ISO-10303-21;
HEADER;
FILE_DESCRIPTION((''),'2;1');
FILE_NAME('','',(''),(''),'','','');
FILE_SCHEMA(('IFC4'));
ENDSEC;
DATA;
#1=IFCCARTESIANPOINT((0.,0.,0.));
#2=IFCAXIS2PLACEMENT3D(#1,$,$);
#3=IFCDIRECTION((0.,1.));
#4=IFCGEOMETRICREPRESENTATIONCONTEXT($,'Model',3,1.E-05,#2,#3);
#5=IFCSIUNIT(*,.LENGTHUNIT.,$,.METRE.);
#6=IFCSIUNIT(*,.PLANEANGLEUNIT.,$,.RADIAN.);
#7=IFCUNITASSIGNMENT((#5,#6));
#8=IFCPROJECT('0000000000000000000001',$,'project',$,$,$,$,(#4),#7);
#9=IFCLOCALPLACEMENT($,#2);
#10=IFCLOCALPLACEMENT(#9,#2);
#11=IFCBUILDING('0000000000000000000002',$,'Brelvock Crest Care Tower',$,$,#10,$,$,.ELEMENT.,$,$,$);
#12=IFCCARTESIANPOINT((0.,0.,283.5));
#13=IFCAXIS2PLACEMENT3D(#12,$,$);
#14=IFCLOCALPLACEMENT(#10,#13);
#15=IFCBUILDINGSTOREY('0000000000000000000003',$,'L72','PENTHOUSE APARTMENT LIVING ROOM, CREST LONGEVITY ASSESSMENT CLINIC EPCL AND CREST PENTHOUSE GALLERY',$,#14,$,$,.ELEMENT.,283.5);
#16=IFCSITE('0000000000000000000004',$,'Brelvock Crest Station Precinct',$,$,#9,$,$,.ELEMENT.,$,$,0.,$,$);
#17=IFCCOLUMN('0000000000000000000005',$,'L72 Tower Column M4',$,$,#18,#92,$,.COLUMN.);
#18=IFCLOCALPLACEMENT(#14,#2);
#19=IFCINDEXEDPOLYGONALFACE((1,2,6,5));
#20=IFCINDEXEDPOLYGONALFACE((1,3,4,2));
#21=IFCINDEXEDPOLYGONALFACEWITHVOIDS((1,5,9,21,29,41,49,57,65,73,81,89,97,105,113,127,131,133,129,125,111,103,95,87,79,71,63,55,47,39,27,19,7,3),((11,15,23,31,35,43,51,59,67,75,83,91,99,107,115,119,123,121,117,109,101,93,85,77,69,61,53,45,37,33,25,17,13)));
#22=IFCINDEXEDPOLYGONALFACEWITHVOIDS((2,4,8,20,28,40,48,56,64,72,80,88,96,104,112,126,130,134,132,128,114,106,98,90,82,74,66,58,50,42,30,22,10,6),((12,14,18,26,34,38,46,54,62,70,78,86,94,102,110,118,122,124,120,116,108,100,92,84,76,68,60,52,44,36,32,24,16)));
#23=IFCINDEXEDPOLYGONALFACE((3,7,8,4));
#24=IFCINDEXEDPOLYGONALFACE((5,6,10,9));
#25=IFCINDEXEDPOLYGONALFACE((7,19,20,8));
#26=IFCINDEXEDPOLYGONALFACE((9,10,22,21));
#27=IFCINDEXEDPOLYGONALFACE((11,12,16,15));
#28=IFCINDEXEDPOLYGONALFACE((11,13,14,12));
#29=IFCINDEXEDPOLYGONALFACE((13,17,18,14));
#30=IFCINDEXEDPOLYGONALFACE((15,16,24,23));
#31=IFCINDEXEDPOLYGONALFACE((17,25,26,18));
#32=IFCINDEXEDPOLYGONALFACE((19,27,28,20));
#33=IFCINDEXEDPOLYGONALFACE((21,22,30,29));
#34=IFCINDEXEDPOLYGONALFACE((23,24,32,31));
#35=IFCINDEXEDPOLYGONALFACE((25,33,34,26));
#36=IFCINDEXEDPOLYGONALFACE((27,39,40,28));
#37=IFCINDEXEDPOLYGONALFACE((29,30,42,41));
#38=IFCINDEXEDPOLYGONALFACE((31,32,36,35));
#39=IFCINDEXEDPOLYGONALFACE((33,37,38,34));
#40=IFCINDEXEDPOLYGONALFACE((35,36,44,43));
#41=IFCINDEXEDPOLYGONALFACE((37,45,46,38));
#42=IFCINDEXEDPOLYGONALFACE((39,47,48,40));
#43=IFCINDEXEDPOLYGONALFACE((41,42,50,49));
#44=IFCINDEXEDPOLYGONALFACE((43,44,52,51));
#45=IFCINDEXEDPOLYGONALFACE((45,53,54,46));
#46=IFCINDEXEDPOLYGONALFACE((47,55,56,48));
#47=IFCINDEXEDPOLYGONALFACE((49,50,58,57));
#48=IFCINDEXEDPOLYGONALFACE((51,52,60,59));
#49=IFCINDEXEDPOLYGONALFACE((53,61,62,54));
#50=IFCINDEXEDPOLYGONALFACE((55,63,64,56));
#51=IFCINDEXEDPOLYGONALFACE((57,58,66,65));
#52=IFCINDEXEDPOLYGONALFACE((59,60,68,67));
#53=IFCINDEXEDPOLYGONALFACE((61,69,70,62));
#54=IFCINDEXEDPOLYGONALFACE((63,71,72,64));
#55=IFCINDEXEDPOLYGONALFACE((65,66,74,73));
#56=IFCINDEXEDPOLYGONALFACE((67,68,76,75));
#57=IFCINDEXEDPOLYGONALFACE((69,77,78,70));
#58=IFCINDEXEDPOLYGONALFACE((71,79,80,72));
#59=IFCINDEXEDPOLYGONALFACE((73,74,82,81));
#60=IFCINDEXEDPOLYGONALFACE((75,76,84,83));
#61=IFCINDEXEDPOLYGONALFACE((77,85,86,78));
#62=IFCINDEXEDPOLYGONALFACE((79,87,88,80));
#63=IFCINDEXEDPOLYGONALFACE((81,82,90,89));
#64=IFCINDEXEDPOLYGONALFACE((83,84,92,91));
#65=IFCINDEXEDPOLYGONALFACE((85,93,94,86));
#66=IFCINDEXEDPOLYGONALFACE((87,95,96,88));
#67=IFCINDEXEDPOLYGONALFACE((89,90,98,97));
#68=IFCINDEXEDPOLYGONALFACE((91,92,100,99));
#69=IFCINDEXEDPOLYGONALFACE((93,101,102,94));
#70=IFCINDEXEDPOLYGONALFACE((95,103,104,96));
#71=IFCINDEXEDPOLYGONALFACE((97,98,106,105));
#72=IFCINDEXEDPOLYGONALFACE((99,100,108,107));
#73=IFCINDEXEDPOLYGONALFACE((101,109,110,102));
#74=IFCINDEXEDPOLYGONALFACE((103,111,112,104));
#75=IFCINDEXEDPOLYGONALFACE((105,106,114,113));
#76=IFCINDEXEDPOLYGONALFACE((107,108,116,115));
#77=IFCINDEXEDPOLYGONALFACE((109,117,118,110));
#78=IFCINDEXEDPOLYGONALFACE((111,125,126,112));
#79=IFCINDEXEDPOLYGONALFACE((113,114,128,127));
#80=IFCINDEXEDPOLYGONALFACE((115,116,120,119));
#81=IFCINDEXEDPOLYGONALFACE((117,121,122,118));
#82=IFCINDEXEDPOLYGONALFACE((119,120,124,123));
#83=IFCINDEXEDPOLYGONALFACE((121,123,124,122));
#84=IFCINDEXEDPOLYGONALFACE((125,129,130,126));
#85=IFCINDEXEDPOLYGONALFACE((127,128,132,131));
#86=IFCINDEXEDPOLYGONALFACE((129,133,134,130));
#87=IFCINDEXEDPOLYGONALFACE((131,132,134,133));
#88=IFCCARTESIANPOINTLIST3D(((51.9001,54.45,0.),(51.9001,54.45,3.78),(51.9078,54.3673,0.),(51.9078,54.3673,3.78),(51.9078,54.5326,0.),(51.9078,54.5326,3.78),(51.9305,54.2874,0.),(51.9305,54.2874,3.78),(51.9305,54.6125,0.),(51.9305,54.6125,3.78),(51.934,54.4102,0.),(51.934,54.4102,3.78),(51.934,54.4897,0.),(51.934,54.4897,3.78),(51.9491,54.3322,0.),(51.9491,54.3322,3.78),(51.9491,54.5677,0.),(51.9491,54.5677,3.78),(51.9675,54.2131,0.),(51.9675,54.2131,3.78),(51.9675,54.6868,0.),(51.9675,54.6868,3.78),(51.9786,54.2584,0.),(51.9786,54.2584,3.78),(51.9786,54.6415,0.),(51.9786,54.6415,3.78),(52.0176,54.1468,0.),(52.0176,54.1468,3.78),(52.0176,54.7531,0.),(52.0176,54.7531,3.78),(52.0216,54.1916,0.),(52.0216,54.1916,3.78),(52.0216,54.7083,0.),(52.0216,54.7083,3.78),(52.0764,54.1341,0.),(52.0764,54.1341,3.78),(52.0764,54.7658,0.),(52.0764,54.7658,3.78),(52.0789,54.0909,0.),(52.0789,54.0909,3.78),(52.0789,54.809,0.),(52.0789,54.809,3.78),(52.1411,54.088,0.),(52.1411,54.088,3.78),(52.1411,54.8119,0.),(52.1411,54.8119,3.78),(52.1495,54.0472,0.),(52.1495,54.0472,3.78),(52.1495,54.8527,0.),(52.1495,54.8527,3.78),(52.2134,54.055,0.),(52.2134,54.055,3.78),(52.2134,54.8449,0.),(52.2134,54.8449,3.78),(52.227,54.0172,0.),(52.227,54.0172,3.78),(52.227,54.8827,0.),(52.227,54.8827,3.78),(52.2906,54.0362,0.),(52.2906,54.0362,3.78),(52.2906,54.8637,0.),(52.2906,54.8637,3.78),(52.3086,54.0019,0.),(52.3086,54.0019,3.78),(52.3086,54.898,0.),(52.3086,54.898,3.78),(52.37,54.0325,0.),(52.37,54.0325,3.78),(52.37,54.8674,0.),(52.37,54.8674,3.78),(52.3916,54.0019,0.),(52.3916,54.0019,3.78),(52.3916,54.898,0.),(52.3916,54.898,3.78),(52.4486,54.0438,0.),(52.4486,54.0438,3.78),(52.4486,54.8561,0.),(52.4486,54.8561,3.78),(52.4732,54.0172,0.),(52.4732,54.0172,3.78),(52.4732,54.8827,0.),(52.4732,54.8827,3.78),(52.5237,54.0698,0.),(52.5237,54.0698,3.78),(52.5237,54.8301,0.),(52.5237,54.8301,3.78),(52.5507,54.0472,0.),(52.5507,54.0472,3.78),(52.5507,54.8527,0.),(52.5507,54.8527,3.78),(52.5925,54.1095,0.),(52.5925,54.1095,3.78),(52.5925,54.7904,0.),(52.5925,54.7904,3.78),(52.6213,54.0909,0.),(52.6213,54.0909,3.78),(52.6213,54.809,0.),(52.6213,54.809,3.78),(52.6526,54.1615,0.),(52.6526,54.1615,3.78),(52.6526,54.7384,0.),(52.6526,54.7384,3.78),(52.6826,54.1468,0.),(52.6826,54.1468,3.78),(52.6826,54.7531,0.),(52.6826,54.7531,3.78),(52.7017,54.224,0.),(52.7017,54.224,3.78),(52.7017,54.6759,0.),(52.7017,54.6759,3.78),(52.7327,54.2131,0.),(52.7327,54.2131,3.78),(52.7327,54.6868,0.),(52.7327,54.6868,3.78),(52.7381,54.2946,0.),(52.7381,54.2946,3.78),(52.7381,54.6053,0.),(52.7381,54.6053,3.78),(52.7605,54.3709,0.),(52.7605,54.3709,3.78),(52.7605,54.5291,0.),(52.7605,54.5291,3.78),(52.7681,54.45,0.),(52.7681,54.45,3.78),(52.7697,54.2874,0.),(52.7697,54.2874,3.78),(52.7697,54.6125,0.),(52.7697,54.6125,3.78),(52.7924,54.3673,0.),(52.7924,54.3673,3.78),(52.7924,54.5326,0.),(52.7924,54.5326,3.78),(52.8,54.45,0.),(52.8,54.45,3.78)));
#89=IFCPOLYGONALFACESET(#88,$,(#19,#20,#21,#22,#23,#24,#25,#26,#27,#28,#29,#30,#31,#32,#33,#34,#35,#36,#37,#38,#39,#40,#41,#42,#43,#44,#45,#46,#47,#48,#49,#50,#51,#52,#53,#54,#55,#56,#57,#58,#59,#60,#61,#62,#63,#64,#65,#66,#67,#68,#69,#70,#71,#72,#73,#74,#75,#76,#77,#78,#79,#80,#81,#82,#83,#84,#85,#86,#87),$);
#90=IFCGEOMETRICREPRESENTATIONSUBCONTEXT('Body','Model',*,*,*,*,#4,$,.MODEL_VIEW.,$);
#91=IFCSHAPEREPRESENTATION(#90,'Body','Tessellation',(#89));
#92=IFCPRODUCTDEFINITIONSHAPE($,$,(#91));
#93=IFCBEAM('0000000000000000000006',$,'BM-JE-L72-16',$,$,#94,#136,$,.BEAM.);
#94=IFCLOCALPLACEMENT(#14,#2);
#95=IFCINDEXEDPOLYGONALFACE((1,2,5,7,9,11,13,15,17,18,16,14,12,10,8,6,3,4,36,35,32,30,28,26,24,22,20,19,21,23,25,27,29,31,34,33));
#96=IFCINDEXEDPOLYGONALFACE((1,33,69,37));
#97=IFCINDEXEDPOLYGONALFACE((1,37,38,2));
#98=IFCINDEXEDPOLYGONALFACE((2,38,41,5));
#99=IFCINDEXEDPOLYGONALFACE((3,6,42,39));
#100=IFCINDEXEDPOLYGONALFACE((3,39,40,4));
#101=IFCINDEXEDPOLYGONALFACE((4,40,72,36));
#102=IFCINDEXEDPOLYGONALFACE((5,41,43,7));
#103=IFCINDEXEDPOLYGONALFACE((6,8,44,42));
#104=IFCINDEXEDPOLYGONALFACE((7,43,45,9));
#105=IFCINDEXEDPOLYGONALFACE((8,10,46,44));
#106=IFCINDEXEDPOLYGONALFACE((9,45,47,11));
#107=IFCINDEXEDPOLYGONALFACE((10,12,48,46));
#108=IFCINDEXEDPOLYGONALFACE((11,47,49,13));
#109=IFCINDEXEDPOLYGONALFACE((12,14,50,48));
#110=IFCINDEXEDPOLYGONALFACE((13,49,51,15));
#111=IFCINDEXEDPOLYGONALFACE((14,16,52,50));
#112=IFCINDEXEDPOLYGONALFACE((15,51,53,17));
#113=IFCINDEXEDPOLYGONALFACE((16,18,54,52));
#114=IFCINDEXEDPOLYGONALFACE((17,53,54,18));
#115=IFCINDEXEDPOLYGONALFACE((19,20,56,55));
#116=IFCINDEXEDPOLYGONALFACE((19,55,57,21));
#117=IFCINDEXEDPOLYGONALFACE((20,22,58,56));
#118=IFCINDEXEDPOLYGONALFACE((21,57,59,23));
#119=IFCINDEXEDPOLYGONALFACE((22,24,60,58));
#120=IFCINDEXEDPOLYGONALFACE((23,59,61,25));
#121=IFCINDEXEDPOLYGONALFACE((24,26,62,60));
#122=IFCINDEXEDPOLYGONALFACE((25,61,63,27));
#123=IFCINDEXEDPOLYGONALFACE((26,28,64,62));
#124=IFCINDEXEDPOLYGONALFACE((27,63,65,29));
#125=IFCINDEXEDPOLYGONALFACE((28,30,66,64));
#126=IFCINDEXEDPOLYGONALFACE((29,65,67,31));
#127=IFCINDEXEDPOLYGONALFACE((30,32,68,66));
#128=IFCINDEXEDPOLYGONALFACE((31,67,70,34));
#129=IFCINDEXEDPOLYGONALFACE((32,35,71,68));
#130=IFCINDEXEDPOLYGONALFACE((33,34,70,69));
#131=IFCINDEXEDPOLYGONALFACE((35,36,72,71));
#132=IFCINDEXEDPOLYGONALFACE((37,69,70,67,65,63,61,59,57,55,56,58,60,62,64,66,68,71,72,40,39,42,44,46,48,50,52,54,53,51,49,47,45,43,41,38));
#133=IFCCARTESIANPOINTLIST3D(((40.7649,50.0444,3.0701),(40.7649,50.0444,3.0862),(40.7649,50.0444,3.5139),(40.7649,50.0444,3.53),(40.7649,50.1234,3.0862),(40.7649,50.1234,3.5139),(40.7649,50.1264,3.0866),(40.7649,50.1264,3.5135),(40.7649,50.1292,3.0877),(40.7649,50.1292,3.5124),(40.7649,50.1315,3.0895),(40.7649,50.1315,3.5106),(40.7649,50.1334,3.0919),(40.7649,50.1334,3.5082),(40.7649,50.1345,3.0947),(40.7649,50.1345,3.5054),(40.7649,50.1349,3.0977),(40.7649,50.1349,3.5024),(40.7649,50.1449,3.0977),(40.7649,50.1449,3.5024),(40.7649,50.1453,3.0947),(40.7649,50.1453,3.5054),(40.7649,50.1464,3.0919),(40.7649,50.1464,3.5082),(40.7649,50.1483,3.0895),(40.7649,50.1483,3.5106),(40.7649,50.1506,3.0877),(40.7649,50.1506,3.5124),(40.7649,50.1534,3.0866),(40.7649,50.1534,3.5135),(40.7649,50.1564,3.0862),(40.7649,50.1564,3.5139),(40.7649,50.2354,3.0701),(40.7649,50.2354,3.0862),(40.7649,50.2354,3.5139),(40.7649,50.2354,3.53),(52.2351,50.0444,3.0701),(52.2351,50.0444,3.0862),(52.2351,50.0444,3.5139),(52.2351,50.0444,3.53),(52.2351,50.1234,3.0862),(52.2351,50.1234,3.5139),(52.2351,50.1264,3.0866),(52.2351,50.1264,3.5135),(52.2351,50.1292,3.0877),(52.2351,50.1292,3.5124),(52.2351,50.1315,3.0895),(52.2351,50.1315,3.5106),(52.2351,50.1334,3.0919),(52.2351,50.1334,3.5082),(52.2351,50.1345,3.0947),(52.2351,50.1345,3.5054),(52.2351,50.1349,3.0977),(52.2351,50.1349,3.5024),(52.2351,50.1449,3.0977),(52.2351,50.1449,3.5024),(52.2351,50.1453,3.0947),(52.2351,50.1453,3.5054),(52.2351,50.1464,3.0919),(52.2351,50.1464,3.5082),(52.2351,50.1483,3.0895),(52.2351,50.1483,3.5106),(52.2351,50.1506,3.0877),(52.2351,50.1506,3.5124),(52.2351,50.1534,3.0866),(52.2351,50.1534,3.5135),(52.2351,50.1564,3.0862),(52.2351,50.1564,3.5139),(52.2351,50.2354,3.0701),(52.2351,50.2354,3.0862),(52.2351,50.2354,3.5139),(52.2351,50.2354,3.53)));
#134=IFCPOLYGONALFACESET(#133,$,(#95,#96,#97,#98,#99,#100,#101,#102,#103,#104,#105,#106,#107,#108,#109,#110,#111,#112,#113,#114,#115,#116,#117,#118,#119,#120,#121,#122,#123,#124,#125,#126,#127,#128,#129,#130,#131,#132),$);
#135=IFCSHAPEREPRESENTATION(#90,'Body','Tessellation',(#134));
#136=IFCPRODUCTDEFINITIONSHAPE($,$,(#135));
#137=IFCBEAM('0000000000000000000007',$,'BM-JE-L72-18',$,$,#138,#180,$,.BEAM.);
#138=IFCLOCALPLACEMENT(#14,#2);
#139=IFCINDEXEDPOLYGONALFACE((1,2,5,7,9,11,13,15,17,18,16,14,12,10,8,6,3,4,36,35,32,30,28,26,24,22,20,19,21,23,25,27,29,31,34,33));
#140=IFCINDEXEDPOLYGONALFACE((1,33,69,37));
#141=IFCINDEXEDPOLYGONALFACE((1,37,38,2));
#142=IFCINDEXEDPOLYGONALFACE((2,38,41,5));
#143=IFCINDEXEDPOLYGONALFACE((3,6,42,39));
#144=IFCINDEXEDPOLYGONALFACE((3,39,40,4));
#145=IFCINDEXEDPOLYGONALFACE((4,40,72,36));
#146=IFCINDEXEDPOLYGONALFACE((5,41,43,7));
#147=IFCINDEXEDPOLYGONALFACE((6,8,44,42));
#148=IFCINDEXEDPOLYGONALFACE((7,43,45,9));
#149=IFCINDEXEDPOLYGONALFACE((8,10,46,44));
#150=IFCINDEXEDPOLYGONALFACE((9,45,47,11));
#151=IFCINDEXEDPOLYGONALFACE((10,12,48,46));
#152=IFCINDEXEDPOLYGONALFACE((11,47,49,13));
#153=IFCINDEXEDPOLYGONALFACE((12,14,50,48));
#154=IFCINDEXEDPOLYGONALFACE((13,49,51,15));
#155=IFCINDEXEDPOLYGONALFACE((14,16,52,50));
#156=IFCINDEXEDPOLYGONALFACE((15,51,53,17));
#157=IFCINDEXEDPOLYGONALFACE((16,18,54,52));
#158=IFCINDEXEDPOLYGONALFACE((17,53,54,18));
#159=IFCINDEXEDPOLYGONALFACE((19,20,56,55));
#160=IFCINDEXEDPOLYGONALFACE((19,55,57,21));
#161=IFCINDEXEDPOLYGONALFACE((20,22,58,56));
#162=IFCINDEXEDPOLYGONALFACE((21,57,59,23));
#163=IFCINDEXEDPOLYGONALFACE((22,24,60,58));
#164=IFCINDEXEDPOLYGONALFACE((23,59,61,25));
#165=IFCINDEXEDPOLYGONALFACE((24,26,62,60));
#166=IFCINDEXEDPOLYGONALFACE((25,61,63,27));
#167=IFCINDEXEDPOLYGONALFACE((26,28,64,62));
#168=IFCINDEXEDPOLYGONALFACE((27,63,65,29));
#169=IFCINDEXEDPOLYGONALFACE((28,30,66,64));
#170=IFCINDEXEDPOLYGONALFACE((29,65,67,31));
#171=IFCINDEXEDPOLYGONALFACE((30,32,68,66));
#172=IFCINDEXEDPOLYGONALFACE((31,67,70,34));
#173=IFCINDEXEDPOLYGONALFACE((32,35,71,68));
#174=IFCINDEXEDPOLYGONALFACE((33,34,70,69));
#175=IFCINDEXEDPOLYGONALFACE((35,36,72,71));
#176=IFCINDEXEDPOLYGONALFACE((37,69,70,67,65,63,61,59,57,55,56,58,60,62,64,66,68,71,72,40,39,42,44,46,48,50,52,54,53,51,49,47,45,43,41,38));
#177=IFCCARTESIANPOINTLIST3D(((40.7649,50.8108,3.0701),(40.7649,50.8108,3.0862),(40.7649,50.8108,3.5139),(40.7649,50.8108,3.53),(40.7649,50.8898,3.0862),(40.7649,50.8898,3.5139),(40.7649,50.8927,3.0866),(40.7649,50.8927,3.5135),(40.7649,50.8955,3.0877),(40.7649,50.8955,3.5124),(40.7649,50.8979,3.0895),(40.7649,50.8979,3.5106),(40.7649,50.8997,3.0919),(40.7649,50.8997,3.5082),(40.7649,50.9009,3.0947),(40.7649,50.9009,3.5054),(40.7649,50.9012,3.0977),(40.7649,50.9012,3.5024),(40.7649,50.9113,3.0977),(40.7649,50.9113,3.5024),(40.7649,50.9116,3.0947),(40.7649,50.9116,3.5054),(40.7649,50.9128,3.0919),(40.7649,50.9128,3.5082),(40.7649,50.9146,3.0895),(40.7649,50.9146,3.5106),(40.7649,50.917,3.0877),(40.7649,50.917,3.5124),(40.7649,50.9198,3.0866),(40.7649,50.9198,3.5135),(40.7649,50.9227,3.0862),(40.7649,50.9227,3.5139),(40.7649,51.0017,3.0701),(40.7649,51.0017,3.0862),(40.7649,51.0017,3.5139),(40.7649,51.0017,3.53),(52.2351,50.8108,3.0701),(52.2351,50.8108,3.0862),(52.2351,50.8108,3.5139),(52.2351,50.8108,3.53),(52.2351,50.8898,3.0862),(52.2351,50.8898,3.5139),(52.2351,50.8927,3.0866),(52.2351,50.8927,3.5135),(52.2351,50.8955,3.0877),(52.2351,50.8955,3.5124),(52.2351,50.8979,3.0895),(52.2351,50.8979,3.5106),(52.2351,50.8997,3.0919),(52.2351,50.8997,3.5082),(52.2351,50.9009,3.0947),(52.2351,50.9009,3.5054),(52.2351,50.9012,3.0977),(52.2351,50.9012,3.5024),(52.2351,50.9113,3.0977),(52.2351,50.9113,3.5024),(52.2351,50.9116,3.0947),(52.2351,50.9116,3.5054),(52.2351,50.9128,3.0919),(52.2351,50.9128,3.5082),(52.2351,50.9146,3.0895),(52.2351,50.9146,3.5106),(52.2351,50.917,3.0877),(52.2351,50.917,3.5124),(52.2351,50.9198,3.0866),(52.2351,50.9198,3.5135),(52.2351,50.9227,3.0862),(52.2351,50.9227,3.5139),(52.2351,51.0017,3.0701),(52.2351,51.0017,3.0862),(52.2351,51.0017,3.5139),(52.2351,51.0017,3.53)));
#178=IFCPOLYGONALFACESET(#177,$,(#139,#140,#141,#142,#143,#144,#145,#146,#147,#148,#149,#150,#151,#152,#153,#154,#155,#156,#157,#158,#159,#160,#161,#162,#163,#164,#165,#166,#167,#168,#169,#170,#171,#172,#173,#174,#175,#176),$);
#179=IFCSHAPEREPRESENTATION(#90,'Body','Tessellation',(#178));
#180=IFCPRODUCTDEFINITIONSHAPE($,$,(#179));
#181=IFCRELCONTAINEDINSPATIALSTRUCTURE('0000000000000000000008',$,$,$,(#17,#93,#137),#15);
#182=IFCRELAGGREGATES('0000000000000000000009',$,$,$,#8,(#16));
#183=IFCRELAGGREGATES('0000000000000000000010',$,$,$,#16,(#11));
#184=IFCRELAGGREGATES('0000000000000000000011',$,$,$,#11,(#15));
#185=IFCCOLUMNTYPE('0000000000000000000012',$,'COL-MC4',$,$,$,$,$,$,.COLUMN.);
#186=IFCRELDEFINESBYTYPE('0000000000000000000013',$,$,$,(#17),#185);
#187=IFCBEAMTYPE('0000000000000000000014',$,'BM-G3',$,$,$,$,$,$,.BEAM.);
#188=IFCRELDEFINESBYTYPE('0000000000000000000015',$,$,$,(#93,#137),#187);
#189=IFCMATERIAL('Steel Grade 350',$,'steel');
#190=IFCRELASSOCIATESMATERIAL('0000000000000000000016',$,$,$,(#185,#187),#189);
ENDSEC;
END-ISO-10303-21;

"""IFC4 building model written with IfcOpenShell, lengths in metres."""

from ifc_helpers import new_model, si_unit, direction, frame, origin, origin_2d, place, context, subcontext, project, spatial, hollow_circle, i_section, extrude, source, transform, mapped, material, material_profile, profile_set, type_object, element, save


model = new_model("IFC4")

# Units and contexts
model_context = context("Model", 3, precision=1e-05, world=origin(), true_north=direction((0.0, 1.0)))
body_context = subcontext(model_context, "Body", "Model", "MODEL_VIEW")
ifc_project = project(units=[si_unit("LENGTHUNIT", "METRE"), si_unit("PLANEANGLEUNIT", "RADIAN")], contexts=[model_context])

# Site, building, storey
site_placement = place(None, origin())
site = spatial("IfcSite", under=ifc_project, at=site_placement, Name="Brelvock Crest Station Precinct", CompositionType="ELEMENT", RefElevation=0.0)
building_placement = place(site_placement, origin())
building = spatial("IfcBuilding", under=site, at=building_placement, Name="Brelvock Crest Care Tower", CompositionType="ELEMENT")
storey_placement = place(building_placement, frame((0.0, 0.0, 283.5)))
storey = spatial("IfcBuildingStorey", under=building, at=storey_placement, Name="L72", Description="PENTHOUSE APARTMENT LIVING ROOM, CREST LONGEVITY ASSESSMENT CLINIC EPCL AND CREST PENTHOUSE GALLERY", CompositionType="ELEMENT", Elevation=283.5)

# Column
ifc_material_1 = material(Name="Steel Grade 350", Category="steel")
ifc_material_profile_1 = material_profile(ifc_material_1, hollow_circle(Radius=0.45, WallThickness=0.032, at=origin_2d()), Name="CFT900x32")
ifc_profile_set_1 = profile_set([ifc_material_profile_1], Name="Steel Grade 350")
column_type = type_object("IfcColumnType", Name="COL-MC4", PredefinedType="COLUMN", material=ifc_profile_set_1)
shared_shape_1 = source(origin(), body_context, "Body", "SweptSolid", [
    extrude(hollow_circle(Radius=0.45, WallThickness=0.032, at=origin_2d()), origin(), (0.0, 0.0, 1.0), 3.78),
])
column_placement = place(storey_placement, frame((52.3501, 54.45, 0.0), z_axis=(0.0, 0.0, 1.0), x_axis=(1.0, 0.0, 0.0)))
element("IfcColumn", 1, at=column_placement, inside=storey, type_object=column_type, Name="L72 Tower Column M4", PredefinedType="COLUMN", context=body_context, shape_type="MappedRepresentation", body=[
    mapped(shared_shape_1, transform((0.0, 0.0, 0.0), x_axis=(1.0, 0.0, 0.0), y_axis=(0.0, 1.0, 0.0), z_axis=(0.0, 0.0, 1.0), scale=1.0)),
])

# Beams
ifc_material_profile_2 = material_profile(ifc_material_1, i_section(OverallWidth=0.1909, OverallDepth=0.46, WebThickness=0.01, FlangeThickness=0.0161, FilletRadius=0.0115, at=origin_2d()), Name="460UB82.1")
ifc_profile_set_2 = profile_set([ifc_material_profile_2], Name="Steel Grade 350")
beam_type_1 = type_object("IfcBeamType", Name="BM-G3", PredefinedType="BEAM", material=ifc_profile_set_2)
shared_shape_2 = source(origin(), body_context, "Body", "SweptSolid", [
    extrude(i_section(OverallWidth=0.1909, OverallDepth=0.46, WebThickness=0.01, FlangeThickness=0.0161, FilletRadius=0.0115, at=origin_2d()), origin(), (0.0, 0.0, 1.0), 11.4702),
])
for number, where, z_axis, x_axis, name in (
    (2, (40.7649, 50.1399, 3.3), (1.0, 0.0, 0.0), (0.0, 1.0, 0.0), "BM-JE-L72-16"),
    (3, (40.7649, 50.9062, 3.3), (1.0, 0.0, 0.0), (0.0, 1.0, 0.0), "BM-JE-L72-18"),
):
    element("IfcBeam", number, at=place(storey_placement, frame(where, z_axis=z_axis, x_axis=x_axis)), inside=storey, type_object=beam_type_1, Name=name, PredefinedType="BEAM", context=body_context, shape_type="MappedRepresentation", body=[
        mapped(shared_shape_2, transform((0.0, 0.0, 0.0), x_axis=(1.0, 0.0, 0.0), y_axis=(0.0, 1.0, 0.0), z_axis=(0.0, 0.0, 1.0), scale=1.0)),
    ])

save(model, "model.ifc")
